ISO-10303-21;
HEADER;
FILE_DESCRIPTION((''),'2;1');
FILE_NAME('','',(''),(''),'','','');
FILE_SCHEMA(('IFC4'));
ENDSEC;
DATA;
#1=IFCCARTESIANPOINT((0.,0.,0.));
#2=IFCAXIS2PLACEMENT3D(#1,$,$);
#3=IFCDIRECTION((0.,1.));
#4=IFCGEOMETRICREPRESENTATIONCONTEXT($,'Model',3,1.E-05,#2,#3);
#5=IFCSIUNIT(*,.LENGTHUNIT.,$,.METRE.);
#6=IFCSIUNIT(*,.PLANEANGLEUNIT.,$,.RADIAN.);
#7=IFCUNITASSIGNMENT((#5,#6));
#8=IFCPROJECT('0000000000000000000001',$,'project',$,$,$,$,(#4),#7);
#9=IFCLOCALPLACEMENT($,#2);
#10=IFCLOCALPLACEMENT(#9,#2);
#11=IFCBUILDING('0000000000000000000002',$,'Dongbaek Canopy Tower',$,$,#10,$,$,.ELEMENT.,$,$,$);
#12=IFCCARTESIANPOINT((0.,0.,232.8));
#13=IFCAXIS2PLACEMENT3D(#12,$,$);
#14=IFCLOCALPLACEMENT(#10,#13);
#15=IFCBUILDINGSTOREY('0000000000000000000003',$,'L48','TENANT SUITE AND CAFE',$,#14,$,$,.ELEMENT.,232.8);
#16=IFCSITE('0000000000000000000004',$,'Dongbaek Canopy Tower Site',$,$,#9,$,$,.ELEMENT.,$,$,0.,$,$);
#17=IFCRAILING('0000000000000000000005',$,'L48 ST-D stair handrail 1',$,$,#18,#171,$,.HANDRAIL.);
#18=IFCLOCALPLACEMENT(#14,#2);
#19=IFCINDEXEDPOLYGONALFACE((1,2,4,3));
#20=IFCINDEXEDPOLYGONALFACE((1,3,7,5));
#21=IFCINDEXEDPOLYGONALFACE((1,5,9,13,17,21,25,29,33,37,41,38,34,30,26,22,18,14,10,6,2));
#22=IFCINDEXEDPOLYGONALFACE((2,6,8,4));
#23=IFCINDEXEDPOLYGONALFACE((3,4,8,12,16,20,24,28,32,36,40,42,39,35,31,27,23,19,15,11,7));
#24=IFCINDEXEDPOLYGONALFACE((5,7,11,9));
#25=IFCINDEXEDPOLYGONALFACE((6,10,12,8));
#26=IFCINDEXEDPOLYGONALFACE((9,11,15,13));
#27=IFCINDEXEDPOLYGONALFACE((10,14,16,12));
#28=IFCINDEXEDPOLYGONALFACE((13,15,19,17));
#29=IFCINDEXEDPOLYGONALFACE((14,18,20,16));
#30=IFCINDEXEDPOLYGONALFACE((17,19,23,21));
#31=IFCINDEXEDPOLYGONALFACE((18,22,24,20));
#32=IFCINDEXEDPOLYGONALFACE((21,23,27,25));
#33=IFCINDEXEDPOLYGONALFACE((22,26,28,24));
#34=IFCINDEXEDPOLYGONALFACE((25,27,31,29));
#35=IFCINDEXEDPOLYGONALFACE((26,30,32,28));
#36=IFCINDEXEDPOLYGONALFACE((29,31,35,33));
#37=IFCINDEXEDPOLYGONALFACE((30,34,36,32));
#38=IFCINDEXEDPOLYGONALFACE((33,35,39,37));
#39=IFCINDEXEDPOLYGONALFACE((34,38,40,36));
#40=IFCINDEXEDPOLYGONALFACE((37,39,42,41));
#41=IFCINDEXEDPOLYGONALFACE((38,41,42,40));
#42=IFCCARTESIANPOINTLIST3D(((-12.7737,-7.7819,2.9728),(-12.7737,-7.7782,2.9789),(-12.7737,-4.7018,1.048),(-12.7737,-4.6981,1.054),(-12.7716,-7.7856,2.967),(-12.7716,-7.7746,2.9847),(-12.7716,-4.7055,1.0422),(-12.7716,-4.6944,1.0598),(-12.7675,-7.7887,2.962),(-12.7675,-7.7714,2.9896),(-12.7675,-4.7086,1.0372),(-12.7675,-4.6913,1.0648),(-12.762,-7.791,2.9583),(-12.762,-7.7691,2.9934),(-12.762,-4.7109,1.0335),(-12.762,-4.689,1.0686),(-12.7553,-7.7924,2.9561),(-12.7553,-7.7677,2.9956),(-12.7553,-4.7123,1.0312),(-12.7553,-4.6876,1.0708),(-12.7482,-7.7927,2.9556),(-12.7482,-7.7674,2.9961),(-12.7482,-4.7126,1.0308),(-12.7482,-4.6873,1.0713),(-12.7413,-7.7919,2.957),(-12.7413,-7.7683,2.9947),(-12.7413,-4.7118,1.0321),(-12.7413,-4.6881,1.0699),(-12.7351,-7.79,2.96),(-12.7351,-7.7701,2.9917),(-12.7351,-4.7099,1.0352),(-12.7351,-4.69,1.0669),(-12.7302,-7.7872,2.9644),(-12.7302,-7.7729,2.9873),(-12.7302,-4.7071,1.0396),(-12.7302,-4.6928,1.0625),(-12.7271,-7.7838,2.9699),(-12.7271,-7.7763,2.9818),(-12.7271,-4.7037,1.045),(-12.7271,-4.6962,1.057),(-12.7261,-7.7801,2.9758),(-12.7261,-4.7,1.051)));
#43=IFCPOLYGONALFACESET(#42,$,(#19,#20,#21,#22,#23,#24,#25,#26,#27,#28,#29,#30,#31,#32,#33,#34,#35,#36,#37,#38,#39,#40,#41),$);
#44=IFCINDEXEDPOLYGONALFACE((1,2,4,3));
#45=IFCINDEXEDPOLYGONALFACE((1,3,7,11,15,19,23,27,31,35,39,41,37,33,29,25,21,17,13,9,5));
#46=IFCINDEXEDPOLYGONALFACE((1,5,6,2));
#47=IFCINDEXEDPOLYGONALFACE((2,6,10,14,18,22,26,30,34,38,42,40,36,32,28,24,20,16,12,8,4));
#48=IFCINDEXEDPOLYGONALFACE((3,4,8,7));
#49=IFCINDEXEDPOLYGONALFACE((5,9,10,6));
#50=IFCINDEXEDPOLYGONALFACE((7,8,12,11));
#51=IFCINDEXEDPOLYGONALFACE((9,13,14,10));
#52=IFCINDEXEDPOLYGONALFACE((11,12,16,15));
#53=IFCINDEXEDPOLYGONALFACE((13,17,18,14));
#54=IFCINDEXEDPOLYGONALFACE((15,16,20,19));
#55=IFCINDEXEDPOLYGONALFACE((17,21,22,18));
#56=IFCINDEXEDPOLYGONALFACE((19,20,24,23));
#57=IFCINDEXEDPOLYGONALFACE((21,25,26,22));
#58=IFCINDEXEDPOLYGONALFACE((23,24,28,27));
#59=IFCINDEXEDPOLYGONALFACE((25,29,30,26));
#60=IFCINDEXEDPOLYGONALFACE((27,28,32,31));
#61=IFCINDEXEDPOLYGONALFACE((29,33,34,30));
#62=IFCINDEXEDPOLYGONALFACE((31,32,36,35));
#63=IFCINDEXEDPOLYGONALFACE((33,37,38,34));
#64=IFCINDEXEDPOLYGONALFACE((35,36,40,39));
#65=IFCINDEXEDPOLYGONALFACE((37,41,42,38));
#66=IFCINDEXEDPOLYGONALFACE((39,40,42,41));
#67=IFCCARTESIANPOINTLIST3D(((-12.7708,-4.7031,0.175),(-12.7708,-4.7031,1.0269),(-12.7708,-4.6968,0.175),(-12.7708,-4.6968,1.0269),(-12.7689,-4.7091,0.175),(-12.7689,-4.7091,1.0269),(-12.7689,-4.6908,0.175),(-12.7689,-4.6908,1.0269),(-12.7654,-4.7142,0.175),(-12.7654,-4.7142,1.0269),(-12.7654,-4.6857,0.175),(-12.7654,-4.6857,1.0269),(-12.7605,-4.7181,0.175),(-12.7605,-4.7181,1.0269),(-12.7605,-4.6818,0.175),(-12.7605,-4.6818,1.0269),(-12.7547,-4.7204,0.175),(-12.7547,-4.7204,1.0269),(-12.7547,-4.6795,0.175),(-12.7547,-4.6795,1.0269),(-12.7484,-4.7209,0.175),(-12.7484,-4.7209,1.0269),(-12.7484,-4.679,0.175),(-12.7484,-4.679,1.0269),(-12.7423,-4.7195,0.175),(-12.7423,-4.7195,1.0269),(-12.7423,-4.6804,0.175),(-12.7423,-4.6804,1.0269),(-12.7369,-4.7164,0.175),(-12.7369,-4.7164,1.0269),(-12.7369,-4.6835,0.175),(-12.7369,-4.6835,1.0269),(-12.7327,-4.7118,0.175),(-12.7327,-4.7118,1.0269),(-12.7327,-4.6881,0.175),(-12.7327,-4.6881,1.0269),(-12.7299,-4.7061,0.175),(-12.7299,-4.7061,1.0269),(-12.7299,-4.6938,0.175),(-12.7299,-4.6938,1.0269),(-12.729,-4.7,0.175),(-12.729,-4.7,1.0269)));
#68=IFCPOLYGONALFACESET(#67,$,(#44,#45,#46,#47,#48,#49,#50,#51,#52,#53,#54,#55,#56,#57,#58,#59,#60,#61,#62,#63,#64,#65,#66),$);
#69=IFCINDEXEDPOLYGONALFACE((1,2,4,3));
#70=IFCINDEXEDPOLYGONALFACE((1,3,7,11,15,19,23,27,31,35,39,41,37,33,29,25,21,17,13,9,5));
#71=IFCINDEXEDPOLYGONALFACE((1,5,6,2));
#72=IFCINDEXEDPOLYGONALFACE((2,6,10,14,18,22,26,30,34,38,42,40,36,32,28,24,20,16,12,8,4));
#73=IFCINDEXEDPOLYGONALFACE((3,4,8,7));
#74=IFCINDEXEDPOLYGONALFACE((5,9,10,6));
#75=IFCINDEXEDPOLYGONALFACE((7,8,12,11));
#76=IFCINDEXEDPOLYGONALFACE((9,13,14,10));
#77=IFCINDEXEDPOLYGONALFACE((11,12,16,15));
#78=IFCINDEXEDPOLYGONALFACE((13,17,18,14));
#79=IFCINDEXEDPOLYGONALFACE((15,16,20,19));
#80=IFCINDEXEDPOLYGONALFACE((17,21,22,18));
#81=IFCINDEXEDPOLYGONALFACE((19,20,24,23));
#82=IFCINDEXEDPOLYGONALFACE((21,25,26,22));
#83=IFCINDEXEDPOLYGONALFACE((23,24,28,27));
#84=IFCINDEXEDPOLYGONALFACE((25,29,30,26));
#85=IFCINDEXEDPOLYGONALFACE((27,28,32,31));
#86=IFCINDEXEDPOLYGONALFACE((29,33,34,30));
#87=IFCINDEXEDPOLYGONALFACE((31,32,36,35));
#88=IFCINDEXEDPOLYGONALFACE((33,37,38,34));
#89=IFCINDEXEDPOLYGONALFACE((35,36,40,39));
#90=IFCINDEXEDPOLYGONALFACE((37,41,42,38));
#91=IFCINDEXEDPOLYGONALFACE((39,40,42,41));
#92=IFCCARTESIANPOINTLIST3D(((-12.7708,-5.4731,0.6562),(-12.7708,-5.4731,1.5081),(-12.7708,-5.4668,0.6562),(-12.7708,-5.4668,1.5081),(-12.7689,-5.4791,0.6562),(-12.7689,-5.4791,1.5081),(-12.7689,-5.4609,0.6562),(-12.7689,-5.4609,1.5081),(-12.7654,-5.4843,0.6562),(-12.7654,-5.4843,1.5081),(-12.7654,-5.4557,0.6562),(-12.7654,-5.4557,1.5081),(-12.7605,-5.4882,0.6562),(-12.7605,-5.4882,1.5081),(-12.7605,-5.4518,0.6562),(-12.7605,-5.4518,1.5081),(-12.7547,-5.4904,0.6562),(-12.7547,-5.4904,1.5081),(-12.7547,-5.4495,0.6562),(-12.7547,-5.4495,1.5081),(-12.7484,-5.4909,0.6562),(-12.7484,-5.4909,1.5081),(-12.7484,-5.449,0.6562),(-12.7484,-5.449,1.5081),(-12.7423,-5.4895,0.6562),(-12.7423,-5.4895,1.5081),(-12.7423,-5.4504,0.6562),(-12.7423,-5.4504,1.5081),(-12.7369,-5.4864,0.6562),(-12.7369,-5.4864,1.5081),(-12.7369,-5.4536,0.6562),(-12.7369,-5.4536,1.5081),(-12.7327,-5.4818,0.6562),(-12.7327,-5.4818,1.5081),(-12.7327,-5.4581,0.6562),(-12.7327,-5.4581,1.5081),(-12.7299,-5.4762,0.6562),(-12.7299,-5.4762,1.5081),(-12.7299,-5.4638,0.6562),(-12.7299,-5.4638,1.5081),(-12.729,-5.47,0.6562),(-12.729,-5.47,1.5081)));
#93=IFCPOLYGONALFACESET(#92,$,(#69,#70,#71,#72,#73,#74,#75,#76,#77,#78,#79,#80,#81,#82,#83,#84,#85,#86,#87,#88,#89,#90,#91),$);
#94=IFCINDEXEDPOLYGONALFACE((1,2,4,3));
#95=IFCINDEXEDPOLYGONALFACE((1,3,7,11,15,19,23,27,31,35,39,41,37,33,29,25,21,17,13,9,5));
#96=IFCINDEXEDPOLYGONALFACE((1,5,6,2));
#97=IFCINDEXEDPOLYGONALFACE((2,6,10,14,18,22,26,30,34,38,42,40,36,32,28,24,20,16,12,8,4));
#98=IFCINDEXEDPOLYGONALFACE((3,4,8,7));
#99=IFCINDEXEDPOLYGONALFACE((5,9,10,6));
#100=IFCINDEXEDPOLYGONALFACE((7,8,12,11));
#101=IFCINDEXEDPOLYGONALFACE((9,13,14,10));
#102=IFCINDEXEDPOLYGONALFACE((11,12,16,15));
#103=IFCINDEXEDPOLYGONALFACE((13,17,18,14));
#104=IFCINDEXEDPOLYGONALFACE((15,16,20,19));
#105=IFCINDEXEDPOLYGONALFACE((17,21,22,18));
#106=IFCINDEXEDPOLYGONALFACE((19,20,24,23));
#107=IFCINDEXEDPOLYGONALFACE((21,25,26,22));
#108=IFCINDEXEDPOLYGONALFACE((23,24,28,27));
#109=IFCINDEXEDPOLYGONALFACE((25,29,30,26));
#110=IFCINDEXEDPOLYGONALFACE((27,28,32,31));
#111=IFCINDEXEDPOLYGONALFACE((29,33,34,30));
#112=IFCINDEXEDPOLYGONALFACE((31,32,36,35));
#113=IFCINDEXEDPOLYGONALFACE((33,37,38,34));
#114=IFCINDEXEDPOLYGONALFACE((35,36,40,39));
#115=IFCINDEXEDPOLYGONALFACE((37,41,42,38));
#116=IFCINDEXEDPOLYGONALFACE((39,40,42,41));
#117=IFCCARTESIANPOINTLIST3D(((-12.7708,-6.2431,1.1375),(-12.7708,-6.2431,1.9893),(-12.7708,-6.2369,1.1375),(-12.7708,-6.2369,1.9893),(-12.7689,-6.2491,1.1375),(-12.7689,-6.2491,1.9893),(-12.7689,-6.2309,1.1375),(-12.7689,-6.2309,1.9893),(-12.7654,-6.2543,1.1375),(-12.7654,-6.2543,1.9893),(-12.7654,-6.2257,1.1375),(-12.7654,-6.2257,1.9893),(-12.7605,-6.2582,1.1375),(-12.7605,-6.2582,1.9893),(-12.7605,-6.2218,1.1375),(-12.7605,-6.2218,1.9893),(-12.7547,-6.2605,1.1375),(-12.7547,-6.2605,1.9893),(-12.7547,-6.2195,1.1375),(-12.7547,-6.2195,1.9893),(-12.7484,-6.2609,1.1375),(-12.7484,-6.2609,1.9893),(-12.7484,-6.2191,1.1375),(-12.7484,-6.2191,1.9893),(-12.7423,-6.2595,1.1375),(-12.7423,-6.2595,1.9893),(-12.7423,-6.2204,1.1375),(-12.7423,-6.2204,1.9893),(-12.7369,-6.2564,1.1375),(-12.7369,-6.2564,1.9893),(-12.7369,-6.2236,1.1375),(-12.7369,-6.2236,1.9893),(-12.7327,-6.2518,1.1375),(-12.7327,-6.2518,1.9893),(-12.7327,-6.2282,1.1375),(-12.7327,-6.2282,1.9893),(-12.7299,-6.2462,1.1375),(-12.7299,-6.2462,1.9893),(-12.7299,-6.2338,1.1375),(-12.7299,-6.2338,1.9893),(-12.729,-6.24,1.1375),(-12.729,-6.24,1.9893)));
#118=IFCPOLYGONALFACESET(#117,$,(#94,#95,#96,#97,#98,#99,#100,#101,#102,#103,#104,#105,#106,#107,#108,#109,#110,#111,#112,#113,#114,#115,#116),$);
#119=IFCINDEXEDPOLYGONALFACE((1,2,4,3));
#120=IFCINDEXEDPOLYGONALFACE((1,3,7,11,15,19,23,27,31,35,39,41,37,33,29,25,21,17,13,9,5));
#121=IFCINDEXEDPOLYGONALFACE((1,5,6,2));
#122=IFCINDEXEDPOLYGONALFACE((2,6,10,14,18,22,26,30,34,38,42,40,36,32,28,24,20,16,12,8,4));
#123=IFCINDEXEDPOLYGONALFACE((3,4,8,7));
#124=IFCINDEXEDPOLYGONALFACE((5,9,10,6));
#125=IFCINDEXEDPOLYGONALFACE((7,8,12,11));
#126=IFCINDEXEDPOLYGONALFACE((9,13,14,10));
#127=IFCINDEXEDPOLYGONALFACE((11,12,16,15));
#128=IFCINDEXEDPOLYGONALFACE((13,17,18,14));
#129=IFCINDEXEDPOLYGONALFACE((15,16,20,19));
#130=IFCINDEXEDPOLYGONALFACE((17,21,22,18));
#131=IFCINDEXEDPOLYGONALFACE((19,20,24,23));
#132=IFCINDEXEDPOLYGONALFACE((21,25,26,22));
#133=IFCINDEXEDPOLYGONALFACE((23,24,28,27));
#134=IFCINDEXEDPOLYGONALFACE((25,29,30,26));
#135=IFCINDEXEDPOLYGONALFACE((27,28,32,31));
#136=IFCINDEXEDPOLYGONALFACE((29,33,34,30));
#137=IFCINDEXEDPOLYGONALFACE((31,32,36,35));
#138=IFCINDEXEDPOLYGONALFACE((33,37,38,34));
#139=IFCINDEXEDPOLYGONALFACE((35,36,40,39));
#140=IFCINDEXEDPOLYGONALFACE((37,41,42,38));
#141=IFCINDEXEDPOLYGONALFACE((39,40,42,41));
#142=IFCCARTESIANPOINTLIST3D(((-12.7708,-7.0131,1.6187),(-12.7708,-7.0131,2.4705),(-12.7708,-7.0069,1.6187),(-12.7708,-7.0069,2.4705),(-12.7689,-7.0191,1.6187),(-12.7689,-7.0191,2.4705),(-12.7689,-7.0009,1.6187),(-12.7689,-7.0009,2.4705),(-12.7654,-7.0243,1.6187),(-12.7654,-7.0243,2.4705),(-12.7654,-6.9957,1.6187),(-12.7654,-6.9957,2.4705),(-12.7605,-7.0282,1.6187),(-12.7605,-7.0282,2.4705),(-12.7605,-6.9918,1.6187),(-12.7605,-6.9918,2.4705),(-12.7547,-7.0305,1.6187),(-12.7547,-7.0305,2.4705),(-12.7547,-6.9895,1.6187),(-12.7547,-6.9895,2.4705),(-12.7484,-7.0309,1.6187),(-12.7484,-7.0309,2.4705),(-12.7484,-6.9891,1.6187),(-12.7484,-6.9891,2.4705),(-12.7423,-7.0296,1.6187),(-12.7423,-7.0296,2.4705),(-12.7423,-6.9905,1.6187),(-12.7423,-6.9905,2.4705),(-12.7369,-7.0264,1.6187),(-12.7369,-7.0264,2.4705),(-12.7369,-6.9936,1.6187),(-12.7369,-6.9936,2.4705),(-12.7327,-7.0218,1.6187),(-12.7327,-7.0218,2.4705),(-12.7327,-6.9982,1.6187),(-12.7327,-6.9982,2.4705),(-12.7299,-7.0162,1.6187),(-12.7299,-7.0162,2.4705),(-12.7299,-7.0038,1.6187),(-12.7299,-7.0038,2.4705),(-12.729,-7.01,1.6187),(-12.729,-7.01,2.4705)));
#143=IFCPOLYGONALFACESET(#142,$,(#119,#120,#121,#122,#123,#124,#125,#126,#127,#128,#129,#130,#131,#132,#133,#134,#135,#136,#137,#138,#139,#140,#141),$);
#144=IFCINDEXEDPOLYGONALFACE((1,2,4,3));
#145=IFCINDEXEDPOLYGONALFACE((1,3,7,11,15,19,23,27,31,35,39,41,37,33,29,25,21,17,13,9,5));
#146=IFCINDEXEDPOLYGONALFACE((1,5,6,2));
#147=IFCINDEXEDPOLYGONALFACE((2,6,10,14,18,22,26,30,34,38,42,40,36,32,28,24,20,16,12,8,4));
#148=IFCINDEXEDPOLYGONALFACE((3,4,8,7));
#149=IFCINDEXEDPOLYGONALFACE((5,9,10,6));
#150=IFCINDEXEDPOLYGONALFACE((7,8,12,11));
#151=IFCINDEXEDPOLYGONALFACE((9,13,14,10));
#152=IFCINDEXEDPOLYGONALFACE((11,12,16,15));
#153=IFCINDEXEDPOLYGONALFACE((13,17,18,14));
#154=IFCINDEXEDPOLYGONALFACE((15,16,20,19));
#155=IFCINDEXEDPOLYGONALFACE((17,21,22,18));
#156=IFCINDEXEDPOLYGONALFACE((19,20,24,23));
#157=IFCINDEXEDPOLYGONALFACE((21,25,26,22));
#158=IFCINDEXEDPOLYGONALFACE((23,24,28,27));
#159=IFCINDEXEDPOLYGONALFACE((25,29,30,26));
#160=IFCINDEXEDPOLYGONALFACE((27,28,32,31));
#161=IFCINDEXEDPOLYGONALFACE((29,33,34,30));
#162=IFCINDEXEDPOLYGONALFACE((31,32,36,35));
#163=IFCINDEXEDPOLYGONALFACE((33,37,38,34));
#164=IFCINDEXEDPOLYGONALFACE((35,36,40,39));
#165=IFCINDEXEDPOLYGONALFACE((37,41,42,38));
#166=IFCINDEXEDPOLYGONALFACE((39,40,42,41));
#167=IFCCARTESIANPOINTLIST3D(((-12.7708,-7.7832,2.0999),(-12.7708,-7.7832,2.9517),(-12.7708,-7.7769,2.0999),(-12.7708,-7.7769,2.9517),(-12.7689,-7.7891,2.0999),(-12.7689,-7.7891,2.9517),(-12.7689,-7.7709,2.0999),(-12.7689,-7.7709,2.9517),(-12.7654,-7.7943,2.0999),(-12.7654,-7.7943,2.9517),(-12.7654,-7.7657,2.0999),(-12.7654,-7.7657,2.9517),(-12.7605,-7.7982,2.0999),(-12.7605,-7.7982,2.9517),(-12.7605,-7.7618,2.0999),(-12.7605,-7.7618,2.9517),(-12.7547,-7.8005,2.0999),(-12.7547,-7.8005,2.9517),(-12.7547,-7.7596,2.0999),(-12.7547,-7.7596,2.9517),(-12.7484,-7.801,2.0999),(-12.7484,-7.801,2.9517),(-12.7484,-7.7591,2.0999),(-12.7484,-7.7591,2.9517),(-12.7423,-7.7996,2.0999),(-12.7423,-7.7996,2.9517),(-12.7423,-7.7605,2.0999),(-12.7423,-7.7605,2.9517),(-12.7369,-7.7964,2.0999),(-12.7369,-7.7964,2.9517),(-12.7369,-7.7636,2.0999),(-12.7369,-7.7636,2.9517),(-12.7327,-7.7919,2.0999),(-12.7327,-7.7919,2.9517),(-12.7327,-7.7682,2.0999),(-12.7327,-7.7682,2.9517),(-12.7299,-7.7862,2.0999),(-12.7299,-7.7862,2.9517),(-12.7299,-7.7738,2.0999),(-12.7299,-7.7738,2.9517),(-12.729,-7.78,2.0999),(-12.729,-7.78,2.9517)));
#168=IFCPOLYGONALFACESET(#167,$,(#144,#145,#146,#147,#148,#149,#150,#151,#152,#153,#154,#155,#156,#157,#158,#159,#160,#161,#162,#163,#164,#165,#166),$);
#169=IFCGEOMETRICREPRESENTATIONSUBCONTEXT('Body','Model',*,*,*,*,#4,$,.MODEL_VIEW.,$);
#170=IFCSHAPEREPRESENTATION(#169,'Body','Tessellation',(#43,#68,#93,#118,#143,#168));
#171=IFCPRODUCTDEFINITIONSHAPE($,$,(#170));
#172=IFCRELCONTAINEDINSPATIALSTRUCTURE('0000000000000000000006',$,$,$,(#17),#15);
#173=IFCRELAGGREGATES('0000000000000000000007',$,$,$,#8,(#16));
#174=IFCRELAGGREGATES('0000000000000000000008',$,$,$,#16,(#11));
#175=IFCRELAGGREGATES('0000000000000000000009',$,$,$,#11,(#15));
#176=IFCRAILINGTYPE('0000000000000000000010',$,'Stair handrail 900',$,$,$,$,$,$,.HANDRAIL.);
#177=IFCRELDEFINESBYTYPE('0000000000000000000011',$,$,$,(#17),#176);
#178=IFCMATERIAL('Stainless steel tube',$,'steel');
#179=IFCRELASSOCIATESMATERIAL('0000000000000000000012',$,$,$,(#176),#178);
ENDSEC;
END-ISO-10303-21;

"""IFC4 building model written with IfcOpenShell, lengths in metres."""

from ifc_helpers import new_model, si_unit, direction, frame, origin, origin_2d, place, context, subcontext, project, spatial, circle, extrude, material, type_object, element, save


model = new_model("IFC4")

# Units and contexts
model_context = context("Model", 3, precision=1e-05, world=origin(), true_north=direction((0.0, 1.0)))
body_context = subcontext(model_context, "Body", "Model", "MODEL_VIEW")
ifc_project = project(units=[si_unit("LENGTHUNIT", "METRE"), si_unit("PLANEANGLEUNIT", "RADIAN")], contexts=[model_context])

# Site, building, storey
site_placement = place(None, origin())
site = spatial("IfcSite", under=ifc_project, at=site_placement, Name="Dongbaek Canopy Tower Site", CompositionType="ELEMENT", RefElevation=0.0)
building_placement = place(site_placement, origin())
building = spatial("IfcBuilding", under=site, at=building_placement, Name="Dongbaek Canopy Tower", CompositionType="ELEMENT")
storey_placement = place(building_placement, frame((0.0, 0.0, 232.8)))
storey = spatial("IfcBuildingStorey", under=building, at=storey_placement, Name="L48", Description="TENANT SUITE AND CAFE", CompositionType="ELEMENT", Elevation=232.8)

# Railing
ifc_material_1 = material(Name="Stainless steel tube", Category="steel")
railing_type_1 = type_object("IfcRailingType", Name="Stair handrail 900", PredefinedType="HANDRAIL", material=ifc_material_1)
railing_1_placement = place(storey_placement, frame((-12.75, -4.7, 0.175)))
element("IfcRailing", 1, at=railing_1_placement, inside=storey, type_object=railing_type_1, Name="L48 ST-D stair handrail 1", PredefinedType="HANDRAIL", context=body_context, shape_type="SweptSolid", body=[
    extrude(circle(Radius=0.0239, at=origin_2d()), frame((0.0, 0.0, 0.876), z_axis=(0.0, -0.848029, 0.529951), x_axis=(1.0, 0.0, 0.0)), (0.0, 0.0, 1.0), 3.6321),
    extrude(circle(Radius=0.021, at=origin_2d()), origin(), (0.0, 0.0, 1.0), 0.8518),
    extrude(circle(Radius=0.021, at=origin_2d()), frame((0.0, -0.77, 0.4812)), (0.0, 0.0, 1.0), 0.8518),
    extrude(circle(Radius=0.021, at=origin_2d()), frame((0.0, -1.54, 0.9624)), (0.0, 0.0, 1.0), 0.8518),
    extrude(circle(Radius=0.021, at=origin_2d()), frame((0.0, -2.3101, 1.4436)), (0.0, 0.0, 1.0), 0.8518),
    extrude(circle(Radius=0.021, at=origin_2d()), frame((0.0, -3.0801, 1.9248)), (0.0, 0.0, 1.0), 0.8518),
])

save(model, "model.ifc")
